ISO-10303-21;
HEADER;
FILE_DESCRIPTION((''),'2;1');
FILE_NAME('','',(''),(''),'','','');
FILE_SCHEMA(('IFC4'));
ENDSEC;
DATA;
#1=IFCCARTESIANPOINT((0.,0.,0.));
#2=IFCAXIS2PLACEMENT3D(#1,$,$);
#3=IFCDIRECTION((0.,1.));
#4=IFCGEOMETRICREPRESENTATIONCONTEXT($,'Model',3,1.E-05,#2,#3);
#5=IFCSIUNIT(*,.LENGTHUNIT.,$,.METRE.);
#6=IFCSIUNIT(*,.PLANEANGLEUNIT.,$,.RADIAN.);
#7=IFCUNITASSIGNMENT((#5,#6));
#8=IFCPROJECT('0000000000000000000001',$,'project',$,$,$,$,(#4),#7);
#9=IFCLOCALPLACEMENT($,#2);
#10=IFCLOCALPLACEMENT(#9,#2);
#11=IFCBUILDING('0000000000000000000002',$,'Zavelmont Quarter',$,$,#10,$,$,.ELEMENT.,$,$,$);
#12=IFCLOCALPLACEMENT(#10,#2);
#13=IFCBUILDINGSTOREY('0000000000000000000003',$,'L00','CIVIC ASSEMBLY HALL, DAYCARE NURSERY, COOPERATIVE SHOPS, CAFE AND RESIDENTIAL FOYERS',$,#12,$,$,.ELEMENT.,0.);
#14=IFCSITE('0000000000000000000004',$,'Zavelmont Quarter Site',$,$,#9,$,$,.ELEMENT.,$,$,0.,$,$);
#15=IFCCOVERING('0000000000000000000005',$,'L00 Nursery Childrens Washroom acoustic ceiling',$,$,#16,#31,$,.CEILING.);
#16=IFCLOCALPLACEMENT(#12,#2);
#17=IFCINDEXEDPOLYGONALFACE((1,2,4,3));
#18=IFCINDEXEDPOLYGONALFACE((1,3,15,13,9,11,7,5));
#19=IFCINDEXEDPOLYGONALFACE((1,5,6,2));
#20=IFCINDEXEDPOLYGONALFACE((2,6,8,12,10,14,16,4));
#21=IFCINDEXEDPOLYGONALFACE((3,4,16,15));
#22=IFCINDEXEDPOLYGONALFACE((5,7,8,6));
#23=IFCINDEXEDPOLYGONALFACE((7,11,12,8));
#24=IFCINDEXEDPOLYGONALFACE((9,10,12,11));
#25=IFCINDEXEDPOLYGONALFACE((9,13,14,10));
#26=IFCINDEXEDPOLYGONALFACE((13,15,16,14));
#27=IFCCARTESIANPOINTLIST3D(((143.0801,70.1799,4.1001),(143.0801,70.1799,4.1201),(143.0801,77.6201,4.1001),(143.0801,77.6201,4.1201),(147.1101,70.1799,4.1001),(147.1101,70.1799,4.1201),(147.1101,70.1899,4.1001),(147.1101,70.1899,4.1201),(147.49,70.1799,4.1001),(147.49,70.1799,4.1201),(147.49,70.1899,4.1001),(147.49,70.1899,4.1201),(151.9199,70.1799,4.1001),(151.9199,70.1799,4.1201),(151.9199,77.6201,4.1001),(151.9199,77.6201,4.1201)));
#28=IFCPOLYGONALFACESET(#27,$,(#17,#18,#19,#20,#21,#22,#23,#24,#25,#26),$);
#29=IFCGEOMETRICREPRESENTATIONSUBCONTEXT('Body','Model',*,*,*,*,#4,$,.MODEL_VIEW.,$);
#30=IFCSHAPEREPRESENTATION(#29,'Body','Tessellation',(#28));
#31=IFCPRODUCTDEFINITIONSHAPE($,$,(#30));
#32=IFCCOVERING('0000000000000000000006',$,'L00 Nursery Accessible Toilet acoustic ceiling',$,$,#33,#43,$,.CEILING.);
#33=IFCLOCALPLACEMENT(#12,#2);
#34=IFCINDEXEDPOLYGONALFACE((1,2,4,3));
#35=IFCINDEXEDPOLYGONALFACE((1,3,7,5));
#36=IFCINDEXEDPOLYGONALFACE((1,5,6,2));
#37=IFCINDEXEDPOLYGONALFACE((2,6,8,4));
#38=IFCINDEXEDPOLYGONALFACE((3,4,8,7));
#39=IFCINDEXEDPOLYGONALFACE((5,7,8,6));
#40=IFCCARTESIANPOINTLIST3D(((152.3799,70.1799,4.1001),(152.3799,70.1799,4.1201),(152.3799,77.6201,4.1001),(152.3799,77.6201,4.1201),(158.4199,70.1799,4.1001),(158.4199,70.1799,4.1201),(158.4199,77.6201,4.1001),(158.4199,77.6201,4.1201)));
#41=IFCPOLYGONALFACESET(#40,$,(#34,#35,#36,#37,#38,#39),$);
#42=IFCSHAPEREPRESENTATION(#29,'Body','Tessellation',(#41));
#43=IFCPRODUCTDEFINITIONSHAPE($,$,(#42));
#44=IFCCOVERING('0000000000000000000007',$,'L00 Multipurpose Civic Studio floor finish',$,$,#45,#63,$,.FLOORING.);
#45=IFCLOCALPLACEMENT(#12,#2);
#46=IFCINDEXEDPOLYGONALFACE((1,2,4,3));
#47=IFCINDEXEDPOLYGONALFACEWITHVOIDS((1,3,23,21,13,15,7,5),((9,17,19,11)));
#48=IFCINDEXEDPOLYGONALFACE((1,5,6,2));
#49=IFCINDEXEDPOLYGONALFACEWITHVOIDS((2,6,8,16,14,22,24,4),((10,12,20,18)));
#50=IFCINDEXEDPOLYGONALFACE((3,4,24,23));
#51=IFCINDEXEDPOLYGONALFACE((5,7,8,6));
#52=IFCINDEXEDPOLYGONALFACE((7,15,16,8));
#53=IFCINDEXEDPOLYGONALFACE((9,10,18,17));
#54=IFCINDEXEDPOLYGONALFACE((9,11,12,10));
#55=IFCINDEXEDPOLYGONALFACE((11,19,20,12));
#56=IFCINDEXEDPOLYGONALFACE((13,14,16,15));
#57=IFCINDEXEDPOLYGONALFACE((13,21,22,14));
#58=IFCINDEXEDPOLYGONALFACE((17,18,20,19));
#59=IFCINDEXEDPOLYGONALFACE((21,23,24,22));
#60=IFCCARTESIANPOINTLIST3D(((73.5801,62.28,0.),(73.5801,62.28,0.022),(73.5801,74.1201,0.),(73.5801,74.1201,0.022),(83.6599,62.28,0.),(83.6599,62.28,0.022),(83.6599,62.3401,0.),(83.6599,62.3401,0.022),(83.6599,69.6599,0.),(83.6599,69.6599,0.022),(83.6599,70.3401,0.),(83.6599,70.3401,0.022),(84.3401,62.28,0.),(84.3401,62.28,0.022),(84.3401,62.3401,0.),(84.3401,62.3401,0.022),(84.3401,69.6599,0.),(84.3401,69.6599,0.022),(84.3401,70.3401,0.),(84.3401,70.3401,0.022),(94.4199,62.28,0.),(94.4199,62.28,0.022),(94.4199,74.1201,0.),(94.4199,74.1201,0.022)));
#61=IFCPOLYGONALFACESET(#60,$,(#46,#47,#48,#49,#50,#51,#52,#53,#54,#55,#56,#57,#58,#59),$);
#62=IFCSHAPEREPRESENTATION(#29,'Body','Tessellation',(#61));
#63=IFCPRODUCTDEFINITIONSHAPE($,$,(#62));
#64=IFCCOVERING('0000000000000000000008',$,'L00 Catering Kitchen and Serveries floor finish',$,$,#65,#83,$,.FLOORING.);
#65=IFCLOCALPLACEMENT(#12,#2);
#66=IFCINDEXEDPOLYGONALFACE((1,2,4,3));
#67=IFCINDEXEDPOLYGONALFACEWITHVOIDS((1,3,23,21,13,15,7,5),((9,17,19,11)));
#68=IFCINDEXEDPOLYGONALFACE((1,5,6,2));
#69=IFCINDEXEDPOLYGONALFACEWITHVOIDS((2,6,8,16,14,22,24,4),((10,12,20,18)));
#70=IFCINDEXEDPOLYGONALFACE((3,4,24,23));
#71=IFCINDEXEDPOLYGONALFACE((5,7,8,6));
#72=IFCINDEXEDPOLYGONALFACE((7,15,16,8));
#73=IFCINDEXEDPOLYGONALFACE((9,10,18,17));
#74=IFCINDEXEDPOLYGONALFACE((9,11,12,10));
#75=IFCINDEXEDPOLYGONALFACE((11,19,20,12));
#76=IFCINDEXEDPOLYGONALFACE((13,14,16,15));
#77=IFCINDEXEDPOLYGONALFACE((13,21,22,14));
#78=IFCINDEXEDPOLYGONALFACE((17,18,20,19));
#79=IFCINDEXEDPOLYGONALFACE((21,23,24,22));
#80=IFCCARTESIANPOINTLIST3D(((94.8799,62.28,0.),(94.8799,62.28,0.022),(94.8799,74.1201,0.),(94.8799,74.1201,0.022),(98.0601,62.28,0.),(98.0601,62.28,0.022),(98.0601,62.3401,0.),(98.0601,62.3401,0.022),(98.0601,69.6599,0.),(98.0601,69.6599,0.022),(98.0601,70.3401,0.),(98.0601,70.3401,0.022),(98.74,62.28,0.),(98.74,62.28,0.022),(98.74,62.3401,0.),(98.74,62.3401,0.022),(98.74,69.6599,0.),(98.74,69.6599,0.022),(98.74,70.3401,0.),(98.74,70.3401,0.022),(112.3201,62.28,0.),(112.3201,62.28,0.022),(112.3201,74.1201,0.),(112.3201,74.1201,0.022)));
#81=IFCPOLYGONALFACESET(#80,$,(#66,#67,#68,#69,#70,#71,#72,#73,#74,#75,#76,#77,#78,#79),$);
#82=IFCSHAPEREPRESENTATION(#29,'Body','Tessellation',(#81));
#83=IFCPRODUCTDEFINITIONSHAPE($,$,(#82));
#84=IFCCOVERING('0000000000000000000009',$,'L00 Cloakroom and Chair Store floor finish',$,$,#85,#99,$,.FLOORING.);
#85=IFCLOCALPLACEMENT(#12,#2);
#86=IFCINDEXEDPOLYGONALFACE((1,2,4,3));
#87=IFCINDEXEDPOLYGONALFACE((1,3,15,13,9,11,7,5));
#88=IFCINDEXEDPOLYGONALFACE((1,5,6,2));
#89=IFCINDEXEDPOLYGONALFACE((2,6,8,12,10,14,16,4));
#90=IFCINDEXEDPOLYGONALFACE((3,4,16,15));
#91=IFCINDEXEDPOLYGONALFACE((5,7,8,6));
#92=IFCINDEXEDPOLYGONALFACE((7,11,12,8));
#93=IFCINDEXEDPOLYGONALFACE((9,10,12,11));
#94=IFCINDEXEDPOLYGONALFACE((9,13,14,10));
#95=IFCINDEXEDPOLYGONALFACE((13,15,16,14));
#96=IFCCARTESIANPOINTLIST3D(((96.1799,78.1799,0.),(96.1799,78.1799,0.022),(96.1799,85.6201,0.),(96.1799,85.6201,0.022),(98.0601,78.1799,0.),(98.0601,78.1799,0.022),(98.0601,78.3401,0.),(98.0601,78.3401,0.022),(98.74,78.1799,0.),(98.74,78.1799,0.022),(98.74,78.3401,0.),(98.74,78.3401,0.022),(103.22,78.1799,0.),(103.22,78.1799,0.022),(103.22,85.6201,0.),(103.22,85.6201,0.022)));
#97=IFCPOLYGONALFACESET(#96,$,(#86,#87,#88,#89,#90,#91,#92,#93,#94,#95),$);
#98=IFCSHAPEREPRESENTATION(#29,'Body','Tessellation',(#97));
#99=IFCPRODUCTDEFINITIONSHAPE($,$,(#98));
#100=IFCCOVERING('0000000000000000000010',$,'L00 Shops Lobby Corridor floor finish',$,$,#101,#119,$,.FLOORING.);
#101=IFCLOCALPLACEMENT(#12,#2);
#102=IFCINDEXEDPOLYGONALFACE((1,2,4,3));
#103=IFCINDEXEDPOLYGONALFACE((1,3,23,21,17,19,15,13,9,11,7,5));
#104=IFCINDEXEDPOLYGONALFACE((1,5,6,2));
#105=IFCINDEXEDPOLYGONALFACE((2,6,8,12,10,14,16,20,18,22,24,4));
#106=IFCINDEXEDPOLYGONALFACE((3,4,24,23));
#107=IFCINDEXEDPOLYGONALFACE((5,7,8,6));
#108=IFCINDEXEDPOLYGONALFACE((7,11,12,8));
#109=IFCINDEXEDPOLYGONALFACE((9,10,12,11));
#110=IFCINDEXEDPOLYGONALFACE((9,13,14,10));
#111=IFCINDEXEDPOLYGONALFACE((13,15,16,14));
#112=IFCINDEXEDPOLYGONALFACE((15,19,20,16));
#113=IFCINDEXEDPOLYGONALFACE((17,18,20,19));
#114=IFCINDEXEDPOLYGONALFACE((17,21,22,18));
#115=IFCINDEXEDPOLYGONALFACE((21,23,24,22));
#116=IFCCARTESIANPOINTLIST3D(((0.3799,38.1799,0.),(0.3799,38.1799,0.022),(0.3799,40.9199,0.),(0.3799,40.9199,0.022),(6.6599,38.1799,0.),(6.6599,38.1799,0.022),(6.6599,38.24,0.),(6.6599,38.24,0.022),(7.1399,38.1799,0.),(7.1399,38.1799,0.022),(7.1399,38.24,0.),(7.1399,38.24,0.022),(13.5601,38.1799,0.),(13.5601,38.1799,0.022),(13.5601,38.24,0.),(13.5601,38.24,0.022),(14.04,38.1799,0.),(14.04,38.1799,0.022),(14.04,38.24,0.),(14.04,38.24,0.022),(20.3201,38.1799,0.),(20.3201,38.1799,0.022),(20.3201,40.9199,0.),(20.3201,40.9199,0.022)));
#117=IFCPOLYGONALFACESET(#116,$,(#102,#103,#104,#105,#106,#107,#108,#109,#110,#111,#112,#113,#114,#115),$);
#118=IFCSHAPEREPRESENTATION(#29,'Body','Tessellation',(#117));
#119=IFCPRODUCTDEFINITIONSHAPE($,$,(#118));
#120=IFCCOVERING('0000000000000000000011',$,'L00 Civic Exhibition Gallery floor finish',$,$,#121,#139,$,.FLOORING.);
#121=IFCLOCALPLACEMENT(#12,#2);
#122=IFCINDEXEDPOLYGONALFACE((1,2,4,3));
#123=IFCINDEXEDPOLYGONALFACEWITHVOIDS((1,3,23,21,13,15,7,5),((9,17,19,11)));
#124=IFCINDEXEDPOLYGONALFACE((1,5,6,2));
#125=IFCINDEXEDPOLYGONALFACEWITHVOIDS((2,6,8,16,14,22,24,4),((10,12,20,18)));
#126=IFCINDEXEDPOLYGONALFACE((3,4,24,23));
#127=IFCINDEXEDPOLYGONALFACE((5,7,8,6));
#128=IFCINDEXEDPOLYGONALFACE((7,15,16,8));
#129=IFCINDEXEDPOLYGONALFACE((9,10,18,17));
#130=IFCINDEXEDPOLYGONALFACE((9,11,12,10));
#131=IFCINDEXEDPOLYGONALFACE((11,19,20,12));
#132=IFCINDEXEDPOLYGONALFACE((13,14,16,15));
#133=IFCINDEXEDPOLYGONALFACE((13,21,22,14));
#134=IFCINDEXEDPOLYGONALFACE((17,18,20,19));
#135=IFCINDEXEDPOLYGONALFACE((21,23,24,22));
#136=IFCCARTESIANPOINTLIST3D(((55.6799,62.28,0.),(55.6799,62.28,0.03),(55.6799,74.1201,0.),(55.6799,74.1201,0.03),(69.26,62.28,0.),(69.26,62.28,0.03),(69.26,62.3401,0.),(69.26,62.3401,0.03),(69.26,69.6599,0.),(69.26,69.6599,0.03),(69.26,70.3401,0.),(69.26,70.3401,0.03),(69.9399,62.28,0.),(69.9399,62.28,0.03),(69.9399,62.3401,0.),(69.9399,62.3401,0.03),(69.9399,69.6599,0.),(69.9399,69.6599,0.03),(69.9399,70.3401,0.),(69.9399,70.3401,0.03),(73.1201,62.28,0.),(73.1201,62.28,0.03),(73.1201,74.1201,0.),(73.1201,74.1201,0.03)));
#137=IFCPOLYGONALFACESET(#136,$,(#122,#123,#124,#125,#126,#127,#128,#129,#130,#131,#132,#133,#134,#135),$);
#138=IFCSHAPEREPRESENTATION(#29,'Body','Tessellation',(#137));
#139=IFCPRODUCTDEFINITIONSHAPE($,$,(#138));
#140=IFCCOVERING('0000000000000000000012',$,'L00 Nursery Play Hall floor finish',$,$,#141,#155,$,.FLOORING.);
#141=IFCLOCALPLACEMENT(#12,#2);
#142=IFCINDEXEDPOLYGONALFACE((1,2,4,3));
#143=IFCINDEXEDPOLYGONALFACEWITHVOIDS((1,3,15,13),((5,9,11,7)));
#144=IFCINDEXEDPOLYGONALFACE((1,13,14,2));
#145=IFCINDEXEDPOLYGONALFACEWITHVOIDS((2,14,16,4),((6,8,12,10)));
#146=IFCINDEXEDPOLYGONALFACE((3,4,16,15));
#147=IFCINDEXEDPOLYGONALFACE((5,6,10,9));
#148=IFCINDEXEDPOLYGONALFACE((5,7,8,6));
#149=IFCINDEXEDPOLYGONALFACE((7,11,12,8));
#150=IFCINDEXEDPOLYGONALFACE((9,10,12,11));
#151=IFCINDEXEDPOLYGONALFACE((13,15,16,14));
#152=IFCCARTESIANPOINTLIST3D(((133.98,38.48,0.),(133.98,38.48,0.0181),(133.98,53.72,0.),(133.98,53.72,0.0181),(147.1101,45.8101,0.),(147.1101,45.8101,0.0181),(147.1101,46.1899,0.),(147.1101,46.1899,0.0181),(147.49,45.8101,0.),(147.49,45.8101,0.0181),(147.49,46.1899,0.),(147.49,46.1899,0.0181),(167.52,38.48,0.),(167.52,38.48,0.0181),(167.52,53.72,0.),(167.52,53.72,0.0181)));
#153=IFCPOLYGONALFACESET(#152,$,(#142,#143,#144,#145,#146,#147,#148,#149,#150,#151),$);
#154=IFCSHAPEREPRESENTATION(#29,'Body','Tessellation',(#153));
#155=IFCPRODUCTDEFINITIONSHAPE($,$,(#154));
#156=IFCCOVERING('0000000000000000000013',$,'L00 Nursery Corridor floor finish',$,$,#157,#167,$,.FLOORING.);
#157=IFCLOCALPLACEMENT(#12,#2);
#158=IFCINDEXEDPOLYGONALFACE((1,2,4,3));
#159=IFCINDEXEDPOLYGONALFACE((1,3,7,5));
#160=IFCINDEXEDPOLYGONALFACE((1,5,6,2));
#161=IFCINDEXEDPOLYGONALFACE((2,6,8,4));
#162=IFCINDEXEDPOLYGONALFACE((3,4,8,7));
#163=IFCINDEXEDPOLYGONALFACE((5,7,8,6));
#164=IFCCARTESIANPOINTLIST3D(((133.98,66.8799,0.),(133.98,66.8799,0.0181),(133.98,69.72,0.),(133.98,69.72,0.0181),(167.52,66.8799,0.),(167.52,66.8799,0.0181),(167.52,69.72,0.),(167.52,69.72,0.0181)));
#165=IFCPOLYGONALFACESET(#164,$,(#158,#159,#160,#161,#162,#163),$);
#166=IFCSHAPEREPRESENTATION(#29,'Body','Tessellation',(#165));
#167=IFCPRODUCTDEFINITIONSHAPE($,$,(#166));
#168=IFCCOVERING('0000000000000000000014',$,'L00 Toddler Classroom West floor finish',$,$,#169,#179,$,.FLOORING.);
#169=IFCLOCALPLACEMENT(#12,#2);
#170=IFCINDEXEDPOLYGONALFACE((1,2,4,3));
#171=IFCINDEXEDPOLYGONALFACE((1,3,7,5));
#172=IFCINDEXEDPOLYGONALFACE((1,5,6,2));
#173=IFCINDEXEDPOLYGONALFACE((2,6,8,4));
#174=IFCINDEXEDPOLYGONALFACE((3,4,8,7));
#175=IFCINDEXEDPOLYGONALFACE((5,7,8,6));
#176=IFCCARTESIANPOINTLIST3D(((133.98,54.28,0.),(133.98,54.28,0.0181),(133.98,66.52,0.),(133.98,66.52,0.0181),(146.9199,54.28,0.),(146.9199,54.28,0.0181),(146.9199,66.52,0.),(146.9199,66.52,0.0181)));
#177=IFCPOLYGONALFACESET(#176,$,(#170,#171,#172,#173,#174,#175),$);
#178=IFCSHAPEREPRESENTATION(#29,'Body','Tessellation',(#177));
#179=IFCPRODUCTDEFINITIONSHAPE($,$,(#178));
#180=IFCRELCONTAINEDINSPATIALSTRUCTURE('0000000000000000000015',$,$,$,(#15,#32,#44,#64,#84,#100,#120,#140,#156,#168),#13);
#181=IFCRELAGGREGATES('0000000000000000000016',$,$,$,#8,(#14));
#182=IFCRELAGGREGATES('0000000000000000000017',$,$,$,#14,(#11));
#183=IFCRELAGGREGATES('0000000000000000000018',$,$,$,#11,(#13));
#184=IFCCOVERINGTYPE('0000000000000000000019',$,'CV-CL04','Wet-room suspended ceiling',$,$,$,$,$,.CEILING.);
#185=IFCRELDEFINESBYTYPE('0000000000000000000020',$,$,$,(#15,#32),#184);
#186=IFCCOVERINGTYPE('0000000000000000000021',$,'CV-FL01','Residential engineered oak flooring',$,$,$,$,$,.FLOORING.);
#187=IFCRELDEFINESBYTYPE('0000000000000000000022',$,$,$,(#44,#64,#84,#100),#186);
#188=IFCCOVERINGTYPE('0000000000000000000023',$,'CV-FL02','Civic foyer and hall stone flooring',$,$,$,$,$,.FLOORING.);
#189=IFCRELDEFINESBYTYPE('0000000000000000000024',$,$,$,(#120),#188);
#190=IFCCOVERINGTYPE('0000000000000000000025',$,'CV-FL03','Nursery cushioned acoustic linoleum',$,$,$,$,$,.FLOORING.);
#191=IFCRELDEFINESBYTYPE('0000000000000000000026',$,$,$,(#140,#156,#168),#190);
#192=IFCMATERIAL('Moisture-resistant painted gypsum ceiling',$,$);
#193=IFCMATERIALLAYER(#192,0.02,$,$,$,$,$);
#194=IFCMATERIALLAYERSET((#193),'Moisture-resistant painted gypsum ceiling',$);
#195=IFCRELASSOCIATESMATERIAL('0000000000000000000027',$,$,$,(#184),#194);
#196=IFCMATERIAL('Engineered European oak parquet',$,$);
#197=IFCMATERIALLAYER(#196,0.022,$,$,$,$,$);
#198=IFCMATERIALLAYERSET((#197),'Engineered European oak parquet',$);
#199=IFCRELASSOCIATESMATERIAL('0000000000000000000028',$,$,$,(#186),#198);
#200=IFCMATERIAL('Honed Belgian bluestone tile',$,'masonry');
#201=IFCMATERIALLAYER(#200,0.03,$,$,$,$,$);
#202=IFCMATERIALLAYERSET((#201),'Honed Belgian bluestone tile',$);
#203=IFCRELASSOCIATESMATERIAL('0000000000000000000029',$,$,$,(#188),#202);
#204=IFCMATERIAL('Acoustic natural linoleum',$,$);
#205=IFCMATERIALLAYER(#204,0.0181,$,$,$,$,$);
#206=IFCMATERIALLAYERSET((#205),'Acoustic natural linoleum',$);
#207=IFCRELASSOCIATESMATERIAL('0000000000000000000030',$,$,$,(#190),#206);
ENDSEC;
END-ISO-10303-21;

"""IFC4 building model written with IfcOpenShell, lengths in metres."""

from ifc_helpers import new_model, si_unit, direction, frame, origin, place, context, subcontext, project, spatial, polyline, outline, extrude, material, layer, layer_set, type_object, element, save


model = new_model("IFC4")

# Units and contexts
model_context = context("Model", 3, precision=1e-05, world=origin(), true_north=direction((0.0, 1.0)))
body_context = subcontext(model_context, "Body", "Model", "MODEL_VIEW")
ifc_project = project(units=[si_unit("LENGTHUNIT", "METRE"), si_unit("PLANEANGLEUNIT", "RADIAN")], contexts=[model_context])

# Site, building, storey
site_placement = place(None, origin())
site = spatial("IfcSite", under=ifc_project, at=site_placement, Name="Zavelmont Quarter Site", CompositionType="ELEMENT", RefElevation=0.0)
building_placement = place(site_placement, origin())
building = spatial("IfcBuilding", under=site, at=building_placement, Name="Zavelmont Quarter", CompositionType="ELEMENT")
storey_placement = place(building_placement, origin())
storey = spatial("IfcBuildingStorey", under=building, at=storey_placement, Name="L00", Description="CIVIC ASSEMBLY HALL, DAYCARE NURSERY, COOPERATIVE SHOPS, CAFE AND RESIDENTIAL FOYERS", CompositionType="ELEMENT", Elevation=0.0)

# Coverings
ifc_material_1 = material(Name="Moisture-resistant painted gypsum ceiling")
ifc_layer_1 = layer(ifc_material_1, 0.02)
ifc_layer_set_1 = layer_set([ifc_layer_1], Name="Moisture-resistant painted gypsum ceiling")
covering_type_1 = type_object("IfcCoveringType", Name="CV-CL04", Description="Wet-room suspended ceiling", PredefinedType="CEILING", material=ifc_layer_set_1)
covering_1_placement = place(storey_placement, frame((0.0, 0.0, 4.1001)))
element("IfcCovering", 1, at=covering_1_placement, inside=storey, type_object=covering_type_1, Name="L00 Nursery Childrens Washroom acoustic ceiling", PredefinedType="CEILING", context=body_context, shape_type="SweptSolid", body=[
    extrude(outline(polyline([(143.0801, 77.6201), (151.9199, 77.6201), (151.9199, 70.1799), (147.49, 70.1799), (147.49, 70.1899), (147.1101, 70.1899), (147.1101, 70.1799), (143.0801, 70.1799), (143.0801, 77.6201)])), origin(), (0.0, 0.0, 1.0), 0.02),
])
covering_2_placement = place(storey_placement, frame((0.0, 0.0, 4.1001)))
element("IfcCovering", 2, at=covering_2_placement, inside=storey, type_object=covering_type_1, Name="L00 Nursery Accessible Toilet acoustic ceiling", PredefinedType="CEILING", context=body_context, shape_type="SweptSolid", body=[
    extrude(outline(polyline([(152.3799, 77.6201), (158.4199, 77.6201), (158.4199, 70.1799), (152.3799, 70.1799), (152.3799, 77.6201)])), origin(), (0.0, 0.0, 1.0), 0.02),
])
ifc_material_2 = material(Name="Engineered European oak parquet")
ifc_layer_2 = layer(ifc_material_2, 0.022)
ifc_layer_set_2 = layer_set([ifc_layer_2], Name="Engineered European oak parquet")
covering_type_2 = type_object("IfcCoveringType", Name="CV-FL01", Description="Residential engineered oak flooring", PredefinedType="FLOORING", material=ifc_layer_set_2)
covering_3_placement = place(storey_placement, origin())
element("IfcCovering", 3, at=covering_3_placement, inside=storey, type_object=covering_type_2, Name="L00 Multipurpose Civic Studio floor finish", PredefinedType="FLOORING", context=body_context, shape_type="SweptSolid", body=[
    extrude(outline(polyline([(73.5801, 74.1201), (94.4199, 74.1201), (94.4199, 62.28), (84.3401, 62.28), (84.3401, 62.3401), (83.6599, 62.3401), (83.6599, 62.28), (73.5801, 62.28), (73.5801, 74.1201)]), holes=[polyline([(84.3401, 70.3401), (83.6599, 70.3401), (83.6599, 69.6599), (84.3401, 69.6599), (84.3401, 70.3401)])]), origin(), (0.0, 0.0, 1.0), 0.022),
])
covering_4_placement = place(storey_placement, origin())
element("IfcCovering", 4, at=covering_4_placement, inside=storey, type_object=covering_type_2, Name="L00 Catering Kitchen and Serveries floor finish", PredefinedType="FLOORING", context=body_context, shape_type="SweptSolid", body=[
    extrude(outline(polyline([(94.8799, 74.1201), (112.3201, 74.1201), (112.3201, 62.28), (98.74, 62.28), (98.74, 62.3401), (98.0601, 62.3401), (98.0601, 62.28), (94.8799, 62.28), (94.8799, 74.1201)]), holes=[polyline([(98.74, 70.3401), (98.0601, 70.3401), (98.0601, 69.6599), (98.74, 69.6599), (98.74, 70.3401)])]), origin(), (0.0, 0.0, 1.0), 0.022),
])
covering_5_placement = place(storey_placement, origin())
element("IfcCovering", 5, at=covering_5_placement, inside=storey, type_object=covering_type_2, Name="L00 Cloakroom and Chair Store floor finish", PredefinedType="FLOORING", context=body_context, shape_type="SweptSolid", body=[
    extrude(outline(polyline([(96.1799, 85.6201), (103.22, 85.6201), (103.22, 78.1799), (98.74, 78.1799), (98.74, 78.3401), (98.0601, 78.3401), (98.0601, 78.1799), (96.1799, 78.1799), (96.1799, 85.6201)])), origin(), (0.0, 0.0, 1.0), 0.022),
])
covering_6_placement = place(storey_placement, origin())
element("IfcCovering", 6, at=covering_6_placement, inside=storey, type_object=covering_type_2, Name="L00 Shops Lobby Corridor floor finish", PredefinedType="FLOORING", context=body_context, shape_type="SweptSolid", body=[
    extrude(outline(polyline([(0.3799, 40.9199), (20.3201, 40.9199), (20.3201, 38.1799), (14.04, 38.1799), (14.04, 38.24), (13.5601, 38.24), (13.5601, 38.1799), (7.1399, 38.1799), (7.1399, 38.24), (6.6599, 38.24), (6.6599, 38.1799), (0.3799, 38.1799), (0.3799, 40.9199)])), origin(), (0.0, 0.0, 1.0), 0.022),
])
ifc_material_3 = material(Name="Honed Belgian bluestone tile", Category="masonry")
ifc_layer_3 = layer(ifc_material_3, 0.03)
ifc_layer_set_3 = layer_set([ifc_layer_3], Name="Honed Belgian bluestone tile")
covering_type_3 = type_object("IfcCoveringType", Name="CV-FL02", Description="Civic foyer and hall stone flooring", PredefinedType="FLOORING", material=ifc_layer_set_3)
covering_7_placement = place(storey_placement, origin())
element("IfcCovering", 7, at=covering_7_placement, inside=storey, type_object=covering_type_3, Name="L00 Civic Exhibition Gallery floor finish", PredefinedType="FLOORING", context=body_context, shape_type="SweptSolid", body=[
    extrude(outline(polyline([(55.6799, 74.1201), (73.1201, 74.1201), (73.1201, 62.28), (69.9399, 62.28), (69.9399, 62.3401), (69.26, 62.3401), (69.26, 62.28), (55.6799, 62.28), (55.6799, 74.1201)]), holes=[polyline([(69.9399, 69.6599), (69.9399, 70.3401), (69.26, 70.3401), (69.26, 69.6599), (69.9399, 69.6599)])]), origin(), (0.0, 0.0, 1.0), 0.03),
])
ifc_material_4 = material(Name="Acoustic natural linoleum")
ifc_layer_4 = layer(ifc_material_4, 0.0181)
ifc_layer_set_4 = layer_set([ifc_layer_4], Name="Acoustic natural linoleum")
covering_type_4 = type_object("IfcCoveringType", Name="CV-FL03", Description="Nursery cushioned acoustic linoleum", PredefinedType="FLOORING", material=ifc_layer_set_4)
covering_8_placement = place(storey_placement, origin())
element("IfcCovering", 8, at=covering_8_placement, inside=storey, type_object=covering_type_4, Name="L00 Nursery Play Hall floor finish", PredefinedType="FLOORING", context=body_context, shape_type="SweptSolid", body=[
    extrude(outline(polyline([(133.98, 53.72), (167.52, 53.72), (167.52, 38.48), (133.98, 38.48), (133.98, 53.72)]), holes=[polyline([(147.49, 46.1899), (147.1101, 46.1899), (147.1101, 45.8101), (147.49, 45.8101), (147.49, 46.1899)])]), origin(), (0.0, 0.0, 1.0), 0.0181),
])
covering_9_placement = place(storey_placement, origin())
element("IfcCovering", 9, at=covering_9_placement, inside=storey, type_object=covering_type_4, Name="L00 Nursery Corridor floor finish", PredefinedType="FLOORING", context=body_context, shape_type="SweptSolid", body=[
    extrude(outline(polyline([(133.98, 69.72), (167.52, 69.72), (167.52, 66.8799), (133.98, 66.8799), (133.98, 69.72)])), origin(), (0.0, 0.0, 1.0), 0.0181),
])
covering_10_placement = place(storey_placement, origin())
element("IfcCovering", 10, at=covering_10_placement, inside=storey, type_object=covering_type_4, Name="L00 Toddler Classroom West floor finish", PredefinedType="FLOORING", context=body_context, shape_type="SweptSolid", body=[
    extrude(outline(polyline([(133.98, 66.52), (146.9199, 66.52), (146.9199, 54.28), (133.98, 54.28), (133.98, 66.52)])), origin(), (0.0, 0.0, 1.0), 0.0181),
])

save(model, "model.ifc")
